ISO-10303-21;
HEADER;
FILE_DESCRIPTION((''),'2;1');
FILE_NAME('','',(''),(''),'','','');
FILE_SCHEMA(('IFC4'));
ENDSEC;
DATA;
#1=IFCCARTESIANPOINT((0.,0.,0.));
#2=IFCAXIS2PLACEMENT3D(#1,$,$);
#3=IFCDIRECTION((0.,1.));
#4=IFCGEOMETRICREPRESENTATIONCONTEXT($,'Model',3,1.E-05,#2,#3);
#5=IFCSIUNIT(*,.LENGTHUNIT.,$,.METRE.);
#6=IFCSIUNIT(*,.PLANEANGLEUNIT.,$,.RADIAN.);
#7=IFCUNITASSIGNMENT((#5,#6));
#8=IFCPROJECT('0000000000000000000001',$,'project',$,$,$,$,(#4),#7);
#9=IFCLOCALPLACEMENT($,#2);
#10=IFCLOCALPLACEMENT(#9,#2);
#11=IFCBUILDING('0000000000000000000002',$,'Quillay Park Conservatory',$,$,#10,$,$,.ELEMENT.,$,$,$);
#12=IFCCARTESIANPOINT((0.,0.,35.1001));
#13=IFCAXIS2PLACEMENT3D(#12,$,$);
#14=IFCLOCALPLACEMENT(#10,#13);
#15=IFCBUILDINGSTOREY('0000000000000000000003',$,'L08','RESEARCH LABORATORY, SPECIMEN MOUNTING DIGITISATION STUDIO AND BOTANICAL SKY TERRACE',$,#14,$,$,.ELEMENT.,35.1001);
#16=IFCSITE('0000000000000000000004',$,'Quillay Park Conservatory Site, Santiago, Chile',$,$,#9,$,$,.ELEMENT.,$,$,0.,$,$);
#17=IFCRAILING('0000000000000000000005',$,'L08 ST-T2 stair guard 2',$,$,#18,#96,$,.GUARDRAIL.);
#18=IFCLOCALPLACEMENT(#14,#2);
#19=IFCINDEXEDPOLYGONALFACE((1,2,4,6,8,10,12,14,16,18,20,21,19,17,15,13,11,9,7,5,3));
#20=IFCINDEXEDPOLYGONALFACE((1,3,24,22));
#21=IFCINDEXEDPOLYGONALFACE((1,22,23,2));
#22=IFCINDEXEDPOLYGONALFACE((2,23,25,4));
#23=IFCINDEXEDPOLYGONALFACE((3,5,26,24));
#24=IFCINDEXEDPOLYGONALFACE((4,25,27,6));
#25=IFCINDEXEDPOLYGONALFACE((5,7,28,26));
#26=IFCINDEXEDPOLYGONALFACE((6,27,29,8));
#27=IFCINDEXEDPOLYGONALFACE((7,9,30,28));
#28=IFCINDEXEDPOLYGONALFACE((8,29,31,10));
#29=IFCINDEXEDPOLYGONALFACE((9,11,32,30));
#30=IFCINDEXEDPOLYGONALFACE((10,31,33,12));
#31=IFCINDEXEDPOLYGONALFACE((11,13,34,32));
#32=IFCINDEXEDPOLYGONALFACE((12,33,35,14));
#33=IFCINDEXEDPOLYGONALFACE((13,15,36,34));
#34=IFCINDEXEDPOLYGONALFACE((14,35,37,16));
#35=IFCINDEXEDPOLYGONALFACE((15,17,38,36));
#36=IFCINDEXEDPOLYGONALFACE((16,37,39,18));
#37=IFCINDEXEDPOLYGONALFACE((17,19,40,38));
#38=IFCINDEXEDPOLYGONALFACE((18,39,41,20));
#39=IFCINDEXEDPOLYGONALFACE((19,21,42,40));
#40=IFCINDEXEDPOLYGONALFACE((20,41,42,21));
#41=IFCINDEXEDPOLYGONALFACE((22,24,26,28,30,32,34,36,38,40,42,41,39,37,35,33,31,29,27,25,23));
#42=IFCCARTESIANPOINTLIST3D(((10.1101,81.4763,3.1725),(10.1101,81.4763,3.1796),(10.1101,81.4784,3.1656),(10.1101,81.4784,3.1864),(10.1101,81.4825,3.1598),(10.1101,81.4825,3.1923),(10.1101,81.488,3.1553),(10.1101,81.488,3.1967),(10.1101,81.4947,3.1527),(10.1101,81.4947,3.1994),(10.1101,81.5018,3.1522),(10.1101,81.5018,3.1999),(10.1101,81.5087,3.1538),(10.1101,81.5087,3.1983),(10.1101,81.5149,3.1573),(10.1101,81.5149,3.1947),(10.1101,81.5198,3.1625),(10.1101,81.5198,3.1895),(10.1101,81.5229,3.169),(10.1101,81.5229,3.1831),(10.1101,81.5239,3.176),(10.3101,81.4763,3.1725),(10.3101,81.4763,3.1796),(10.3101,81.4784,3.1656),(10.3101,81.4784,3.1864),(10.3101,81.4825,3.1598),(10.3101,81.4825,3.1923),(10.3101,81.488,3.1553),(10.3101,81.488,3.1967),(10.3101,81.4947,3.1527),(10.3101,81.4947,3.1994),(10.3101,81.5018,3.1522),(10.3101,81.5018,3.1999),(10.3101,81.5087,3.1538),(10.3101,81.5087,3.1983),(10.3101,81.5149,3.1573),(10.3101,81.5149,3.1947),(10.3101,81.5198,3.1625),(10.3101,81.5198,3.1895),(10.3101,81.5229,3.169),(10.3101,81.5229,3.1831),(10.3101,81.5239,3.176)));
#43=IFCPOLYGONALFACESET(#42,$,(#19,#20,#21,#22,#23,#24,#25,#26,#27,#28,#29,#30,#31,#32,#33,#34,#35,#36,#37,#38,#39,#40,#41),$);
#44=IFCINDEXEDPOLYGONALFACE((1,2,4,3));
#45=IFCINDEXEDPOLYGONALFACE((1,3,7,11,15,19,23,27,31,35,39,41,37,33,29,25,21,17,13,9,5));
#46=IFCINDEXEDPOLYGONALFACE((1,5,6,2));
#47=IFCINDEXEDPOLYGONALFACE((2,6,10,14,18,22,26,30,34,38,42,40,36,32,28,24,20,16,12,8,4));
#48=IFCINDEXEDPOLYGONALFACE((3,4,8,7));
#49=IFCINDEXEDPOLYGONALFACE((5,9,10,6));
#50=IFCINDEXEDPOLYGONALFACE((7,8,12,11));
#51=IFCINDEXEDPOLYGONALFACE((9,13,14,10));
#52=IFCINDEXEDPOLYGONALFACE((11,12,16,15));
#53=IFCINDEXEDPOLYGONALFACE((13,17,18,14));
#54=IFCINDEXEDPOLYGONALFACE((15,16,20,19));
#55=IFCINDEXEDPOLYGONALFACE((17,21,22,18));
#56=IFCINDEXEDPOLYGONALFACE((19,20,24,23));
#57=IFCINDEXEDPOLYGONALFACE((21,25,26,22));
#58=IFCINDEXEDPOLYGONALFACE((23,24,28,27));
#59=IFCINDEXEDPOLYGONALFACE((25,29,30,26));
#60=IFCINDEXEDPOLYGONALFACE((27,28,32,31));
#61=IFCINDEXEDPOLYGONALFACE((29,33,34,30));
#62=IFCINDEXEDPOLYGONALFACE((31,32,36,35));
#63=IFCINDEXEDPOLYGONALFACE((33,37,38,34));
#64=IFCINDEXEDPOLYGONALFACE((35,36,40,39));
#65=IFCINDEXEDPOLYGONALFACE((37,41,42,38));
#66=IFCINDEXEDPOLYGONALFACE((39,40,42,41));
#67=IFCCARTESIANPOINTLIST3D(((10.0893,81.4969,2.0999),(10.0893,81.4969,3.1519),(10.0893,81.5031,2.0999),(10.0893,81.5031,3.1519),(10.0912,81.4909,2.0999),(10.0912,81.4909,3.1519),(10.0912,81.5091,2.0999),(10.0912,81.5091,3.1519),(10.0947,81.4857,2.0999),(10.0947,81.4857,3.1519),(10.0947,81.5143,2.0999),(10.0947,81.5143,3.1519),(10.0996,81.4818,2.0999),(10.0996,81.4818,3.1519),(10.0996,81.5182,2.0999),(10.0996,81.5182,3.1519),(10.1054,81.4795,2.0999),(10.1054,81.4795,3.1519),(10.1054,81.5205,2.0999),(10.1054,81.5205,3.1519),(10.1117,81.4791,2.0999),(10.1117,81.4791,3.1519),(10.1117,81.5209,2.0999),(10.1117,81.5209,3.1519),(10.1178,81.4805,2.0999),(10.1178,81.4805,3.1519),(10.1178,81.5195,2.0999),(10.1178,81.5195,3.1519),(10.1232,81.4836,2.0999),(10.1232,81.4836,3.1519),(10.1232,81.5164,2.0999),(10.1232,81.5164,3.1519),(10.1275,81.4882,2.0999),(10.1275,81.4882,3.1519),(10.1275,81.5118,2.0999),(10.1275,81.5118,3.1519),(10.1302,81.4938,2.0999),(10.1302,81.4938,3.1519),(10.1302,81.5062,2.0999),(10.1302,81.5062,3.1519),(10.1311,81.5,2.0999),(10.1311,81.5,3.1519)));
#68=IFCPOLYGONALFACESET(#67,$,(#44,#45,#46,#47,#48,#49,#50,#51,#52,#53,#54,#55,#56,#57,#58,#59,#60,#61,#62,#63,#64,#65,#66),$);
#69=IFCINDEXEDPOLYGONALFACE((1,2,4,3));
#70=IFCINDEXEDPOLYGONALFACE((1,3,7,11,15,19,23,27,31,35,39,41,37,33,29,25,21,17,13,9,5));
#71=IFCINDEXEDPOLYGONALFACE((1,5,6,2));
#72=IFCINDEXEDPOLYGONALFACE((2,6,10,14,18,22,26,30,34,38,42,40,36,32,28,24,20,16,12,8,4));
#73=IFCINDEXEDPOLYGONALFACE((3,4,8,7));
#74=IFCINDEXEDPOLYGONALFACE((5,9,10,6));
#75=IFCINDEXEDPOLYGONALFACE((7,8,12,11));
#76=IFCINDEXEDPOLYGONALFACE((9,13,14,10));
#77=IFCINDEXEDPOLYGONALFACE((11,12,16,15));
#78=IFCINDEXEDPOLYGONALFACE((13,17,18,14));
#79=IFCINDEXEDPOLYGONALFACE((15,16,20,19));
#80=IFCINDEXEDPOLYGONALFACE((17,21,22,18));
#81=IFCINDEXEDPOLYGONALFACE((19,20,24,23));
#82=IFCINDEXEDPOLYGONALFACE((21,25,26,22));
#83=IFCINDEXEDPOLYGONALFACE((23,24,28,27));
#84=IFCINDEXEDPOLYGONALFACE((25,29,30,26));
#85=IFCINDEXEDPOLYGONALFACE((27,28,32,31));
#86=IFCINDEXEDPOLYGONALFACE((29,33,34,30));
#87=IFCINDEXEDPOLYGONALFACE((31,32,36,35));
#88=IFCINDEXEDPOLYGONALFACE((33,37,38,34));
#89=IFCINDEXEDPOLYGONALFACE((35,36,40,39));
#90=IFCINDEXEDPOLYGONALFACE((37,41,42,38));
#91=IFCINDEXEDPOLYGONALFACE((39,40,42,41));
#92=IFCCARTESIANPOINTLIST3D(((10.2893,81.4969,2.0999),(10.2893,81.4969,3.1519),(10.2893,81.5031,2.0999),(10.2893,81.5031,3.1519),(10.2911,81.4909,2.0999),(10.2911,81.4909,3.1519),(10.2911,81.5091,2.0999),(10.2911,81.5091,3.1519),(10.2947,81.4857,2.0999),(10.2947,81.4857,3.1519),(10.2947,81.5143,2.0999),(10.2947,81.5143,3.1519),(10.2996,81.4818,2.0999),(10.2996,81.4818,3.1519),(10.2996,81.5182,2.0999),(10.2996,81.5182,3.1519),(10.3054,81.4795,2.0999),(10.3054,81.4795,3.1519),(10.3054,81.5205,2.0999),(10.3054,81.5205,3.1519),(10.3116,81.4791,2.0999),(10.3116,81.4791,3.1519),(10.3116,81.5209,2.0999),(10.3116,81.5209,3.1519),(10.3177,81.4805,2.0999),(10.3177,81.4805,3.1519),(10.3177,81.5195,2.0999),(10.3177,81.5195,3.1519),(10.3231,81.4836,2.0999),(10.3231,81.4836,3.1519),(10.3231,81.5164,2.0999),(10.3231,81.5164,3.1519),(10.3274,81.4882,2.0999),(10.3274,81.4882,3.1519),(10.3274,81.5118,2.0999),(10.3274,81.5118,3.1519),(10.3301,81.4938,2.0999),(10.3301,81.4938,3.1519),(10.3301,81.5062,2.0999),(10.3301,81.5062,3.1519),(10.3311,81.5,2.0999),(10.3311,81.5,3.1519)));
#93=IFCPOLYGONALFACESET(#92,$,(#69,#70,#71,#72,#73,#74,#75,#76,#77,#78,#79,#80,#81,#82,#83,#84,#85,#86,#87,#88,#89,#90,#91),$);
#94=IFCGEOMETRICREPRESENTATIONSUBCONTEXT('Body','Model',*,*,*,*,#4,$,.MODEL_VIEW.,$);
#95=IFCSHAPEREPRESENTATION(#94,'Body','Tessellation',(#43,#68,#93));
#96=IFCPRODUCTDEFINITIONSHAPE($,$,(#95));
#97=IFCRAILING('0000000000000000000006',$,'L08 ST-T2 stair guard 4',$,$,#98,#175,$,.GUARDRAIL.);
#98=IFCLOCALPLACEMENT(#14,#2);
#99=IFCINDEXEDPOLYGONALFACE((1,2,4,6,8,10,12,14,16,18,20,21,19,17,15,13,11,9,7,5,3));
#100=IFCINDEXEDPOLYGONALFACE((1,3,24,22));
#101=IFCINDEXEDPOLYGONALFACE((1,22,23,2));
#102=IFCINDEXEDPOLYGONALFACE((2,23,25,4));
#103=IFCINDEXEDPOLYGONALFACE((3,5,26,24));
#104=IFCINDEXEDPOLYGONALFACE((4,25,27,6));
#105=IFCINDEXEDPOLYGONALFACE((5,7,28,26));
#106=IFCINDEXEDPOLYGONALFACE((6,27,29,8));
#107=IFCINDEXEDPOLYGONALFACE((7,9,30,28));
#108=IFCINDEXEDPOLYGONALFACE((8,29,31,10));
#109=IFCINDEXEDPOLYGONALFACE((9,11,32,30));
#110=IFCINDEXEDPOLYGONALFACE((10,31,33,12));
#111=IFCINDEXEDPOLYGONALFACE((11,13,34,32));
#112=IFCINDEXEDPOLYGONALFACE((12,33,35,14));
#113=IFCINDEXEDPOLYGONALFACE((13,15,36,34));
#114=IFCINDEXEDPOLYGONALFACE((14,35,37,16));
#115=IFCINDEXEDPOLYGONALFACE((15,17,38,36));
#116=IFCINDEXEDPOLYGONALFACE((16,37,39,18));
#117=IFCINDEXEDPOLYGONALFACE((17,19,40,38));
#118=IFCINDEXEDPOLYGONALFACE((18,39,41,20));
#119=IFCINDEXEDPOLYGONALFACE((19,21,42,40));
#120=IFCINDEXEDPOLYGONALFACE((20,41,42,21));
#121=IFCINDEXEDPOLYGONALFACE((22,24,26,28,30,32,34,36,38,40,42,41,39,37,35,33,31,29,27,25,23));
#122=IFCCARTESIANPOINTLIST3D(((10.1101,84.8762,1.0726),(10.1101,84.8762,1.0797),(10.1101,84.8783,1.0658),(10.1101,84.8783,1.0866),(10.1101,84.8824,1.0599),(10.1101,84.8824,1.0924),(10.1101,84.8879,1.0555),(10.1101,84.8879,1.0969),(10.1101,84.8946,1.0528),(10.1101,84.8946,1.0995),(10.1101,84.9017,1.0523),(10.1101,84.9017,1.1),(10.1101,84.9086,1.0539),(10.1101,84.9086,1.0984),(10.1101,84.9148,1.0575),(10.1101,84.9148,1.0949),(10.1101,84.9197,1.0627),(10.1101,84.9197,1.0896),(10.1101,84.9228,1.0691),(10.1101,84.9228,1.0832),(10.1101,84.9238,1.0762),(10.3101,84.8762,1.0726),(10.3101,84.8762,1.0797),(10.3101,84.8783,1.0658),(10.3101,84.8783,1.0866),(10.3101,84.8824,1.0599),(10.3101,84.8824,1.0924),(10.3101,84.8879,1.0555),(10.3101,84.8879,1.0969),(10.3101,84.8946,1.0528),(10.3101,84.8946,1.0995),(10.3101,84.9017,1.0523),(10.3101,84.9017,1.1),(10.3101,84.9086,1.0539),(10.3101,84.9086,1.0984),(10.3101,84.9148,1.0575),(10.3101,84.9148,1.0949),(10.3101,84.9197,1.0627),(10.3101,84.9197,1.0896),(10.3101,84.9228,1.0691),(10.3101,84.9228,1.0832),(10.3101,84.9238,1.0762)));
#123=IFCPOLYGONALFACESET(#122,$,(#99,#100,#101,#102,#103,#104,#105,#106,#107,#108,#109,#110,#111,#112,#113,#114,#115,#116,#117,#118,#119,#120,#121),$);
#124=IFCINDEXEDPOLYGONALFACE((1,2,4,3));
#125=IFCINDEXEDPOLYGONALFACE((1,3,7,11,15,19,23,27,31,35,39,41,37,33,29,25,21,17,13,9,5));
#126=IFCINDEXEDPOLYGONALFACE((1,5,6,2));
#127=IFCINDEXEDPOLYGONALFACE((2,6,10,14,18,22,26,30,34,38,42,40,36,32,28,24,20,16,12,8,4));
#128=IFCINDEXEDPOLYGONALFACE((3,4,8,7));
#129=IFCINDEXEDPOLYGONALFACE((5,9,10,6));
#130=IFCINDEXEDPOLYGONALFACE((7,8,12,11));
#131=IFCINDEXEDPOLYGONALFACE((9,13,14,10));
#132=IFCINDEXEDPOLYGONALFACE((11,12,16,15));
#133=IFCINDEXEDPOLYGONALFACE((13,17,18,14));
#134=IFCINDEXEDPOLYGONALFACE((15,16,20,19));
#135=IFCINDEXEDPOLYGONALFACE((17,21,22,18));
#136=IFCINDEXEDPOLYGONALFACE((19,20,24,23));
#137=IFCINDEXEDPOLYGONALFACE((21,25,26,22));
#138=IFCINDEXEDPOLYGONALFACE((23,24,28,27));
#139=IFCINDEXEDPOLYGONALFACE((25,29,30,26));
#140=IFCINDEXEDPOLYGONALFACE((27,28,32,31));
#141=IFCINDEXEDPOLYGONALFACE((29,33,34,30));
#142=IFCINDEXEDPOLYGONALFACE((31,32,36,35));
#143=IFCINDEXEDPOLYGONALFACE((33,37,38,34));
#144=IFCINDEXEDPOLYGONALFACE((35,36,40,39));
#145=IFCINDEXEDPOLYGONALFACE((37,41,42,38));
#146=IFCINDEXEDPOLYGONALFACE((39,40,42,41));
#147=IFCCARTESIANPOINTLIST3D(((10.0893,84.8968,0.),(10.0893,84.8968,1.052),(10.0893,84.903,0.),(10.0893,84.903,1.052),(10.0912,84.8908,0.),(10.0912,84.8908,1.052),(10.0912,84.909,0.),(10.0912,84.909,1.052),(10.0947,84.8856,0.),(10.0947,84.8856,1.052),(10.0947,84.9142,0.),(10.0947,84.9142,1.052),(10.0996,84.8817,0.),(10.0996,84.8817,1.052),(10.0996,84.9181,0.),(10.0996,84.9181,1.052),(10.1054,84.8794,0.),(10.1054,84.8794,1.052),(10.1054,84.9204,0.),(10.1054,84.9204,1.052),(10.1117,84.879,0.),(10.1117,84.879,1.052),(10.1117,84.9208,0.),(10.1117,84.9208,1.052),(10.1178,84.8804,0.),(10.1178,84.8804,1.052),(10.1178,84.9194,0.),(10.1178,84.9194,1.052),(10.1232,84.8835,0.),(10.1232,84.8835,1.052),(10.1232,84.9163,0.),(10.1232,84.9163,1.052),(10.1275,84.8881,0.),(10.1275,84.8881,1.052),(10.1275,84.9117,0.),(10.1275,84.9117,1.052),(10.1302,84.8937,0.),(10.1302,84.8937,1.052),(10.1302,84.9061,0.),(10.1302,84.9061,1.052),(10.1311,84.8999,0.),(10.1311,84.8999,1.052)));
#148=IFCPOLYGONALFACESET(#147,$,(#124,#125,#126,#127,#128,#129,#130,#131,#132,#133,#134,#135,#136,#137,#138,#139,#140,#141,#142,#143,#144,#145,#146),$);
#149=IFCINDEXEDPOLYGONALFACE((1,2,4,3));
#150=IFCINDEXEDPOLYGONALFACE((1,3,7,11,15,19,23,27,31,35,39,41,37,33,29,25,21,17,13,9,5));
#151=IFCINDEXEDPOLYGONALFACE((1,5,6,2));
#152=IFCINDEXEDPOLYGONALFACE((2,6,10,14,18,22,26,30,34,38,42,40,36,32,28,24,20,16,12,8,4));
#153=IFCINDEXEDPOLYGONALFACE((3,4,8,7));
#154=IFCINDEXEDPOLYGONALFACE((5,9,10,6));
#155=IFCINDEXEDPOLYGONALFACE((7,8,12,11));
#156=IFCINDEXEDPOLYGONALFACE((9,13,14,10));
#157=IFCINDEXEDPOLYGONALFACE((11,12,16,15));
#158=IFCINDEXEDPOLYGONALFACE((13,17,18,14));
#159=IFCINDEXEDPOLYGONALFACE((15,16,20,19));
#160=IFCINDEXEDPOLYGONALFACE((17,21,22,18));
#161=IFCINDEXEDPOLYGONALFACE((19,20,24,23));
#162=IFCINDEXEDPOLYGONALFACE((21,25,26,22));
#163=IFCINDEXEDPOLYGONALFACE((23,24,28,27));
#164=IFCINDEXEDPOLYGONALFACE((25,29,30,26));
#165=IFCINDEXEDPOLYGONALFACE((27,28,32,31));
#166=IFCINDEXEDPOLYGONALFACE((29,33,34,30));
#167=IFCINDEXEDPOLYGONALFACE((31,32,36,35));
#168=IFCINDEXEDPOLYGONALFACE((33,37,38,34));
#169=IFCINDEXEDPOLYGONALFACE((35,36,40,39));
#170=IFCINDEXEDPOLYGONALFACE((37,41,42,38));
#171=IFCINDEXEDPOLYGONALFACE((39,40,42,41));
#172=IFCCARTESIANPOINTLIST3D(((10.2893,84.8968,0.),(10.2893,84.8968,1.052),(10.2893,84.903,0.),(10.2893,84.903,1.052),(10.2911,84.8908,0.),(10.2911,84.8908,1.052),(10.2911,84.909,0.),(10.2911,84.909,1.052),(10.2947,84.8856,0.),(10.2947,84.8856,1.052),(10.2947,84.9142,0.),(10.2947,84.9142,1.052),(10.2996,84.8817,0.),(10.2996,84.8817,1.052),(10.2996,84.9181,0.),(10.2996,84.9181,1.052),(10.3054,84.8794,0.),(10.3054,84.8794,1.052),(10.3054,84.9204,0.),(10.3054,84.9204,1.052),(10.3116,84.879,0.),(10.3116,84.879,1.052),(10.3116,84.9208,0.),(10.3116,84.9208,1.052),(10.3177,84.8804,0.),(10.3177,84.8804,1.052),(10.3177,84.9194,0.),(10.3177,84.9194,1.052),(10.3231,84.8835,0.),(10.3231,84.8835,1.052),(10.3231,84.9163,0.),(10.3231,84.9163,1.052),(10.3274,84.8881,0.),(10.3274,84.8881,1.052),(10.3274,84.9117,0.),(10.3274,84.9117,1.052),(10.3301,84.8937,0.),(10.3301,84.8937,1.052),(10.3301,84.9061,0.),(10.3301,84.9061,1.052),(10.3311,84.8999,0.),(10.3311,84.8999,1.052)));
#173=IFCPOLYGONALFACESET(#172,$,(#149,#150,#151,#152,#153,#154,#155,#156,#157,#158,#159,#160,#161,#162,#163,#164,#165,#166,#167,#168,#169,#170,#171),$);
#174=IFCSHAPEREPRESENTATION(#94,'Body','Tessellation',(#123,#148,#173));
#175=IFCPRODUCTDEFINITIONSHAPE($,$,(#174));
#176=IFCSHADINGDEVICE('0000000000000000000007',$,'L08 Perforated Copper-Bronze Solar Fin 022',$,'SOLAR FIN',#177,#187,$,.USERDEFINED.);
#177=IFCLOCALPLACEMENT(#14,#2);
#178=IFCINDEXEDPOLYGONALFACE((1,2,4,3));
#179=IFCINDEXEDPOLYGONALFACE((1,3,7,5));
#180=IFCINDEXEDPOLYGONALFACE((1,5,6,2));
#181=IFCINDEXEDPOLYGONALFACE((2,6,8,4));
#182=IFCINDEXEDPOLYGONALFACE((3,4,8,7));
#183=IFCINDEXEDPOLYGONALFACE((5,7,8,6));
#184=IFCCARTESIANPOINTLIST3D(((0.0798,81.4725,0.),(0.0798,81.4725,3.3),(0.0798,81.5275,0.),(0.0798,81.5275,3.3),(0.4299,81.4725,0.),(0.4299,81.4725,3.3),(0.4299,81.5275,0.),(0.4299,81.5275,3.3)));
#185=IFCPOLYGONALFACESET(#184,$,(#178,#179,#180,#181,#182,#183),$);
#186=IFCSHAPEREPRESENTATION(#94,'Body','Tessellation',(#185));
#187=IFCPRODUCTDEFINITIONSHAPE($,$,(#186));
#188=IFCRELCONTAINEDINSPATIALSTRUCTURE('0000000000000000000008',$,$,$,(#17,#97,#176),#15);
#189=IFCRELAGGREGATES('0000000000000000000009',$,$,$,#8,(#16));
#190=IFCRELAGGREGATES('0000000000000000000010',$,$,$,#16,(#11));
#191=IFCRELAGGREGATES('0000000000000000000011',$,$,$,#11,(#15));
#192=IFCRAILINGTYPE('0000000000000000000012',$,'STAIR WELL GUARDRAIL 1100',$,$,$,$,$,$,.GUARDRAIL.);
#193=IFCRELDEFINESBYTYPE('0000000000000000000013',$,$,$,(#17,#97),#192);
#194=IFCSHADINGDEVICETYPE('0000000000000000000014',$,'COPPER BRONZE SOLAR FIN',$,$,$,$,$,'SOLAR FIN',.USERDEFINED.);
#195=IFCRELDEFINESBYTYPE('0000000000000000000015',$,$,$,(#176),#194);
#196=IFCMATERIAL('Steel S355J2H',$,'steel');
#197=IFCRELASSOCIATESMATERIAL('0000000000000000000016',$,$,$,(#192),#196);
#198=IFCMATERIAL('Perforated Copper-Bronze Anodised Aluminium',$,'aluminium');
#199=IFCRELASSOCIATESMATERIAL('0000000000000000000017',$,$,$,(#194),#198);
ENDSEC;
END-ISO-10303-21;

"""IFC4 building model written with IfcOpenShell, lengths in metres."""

from ifc_helpers import new_model, si_unit, direction, frame, origin, origin_2d, place, context, subcontext, project, spatial, rectangle, circle, extrude, material, type_object, element, save


model = new_model("IFC4")

# Units and contexts
model_context = context("Model", 3, precision=1e-05, world=origin(), true_north=direction((0.0, 1.0)))
body_context = subcontext(model_context, "Body", "Model", "MODEL_VIEW")
ifc_project = project(units=[si_unit("LENGTHUNIT", "METRE"), si_unit("PLANEANGLEUNIT", "RADIAN")], contexts=[model_context])

# Site, building, storey
site_placement = place(None, origin())
site = spatial("IfcSite", under=ifc_project, at=site_placement, Name="Quillay Park Conservatory Site, Santiago, Chile", CompositionType="ELEMENT", RefElevation=0.0)
building_placement = place(site_placement, origin())
building = spatial("IfcBuilding", under=site, at=building_placement, Name="Quillay Park Conservatory", CompositionType="ELEMENT")
storey_placement = place(building_placement, frame((0.0, 0.0, 35.1001)))
storey = spatial("IfcBuildingStorey", under=building, at=storey_placement, Name="L08", Description="RESEARCH LABORATORY, SPECIMEN MOUNTING DIGITISATION STUDIO AND BOTANICAL SKY TERRACE", CompositionType="ELEMENT", Elevation=35.1001)

# Railings
ifc_material_1 = material(Name="Steel S355J2H", Category="steel")
railing_type_1 = type_object("IfcRailingType", Name="STAIR WELL GUARDRAIL 1100", PredefinedType="GUARDRAIL", material=ifc_material_1)
for number, where, name in (
    (1, (10.1101, 81.5, 2.0999), "L08 ST-T2 stair guard 2"),
    (2, (10.1101, 84.8999, 0.0), "L08 ST-T2 stair guard 4"),
):
    element("IfcRailing", number, at=place(storey_placement, frame(where)), inside=storey, type_object=railing_type_1, Name=name, PredefinedType="GUARDRAIL", context=body_context, shape_type="SweptSolid", body=[
        extrude(circle(Radius=0.0239, at=origin_2d()), frame((0.0, 0.0, 1.0762), z_axis=(1.0, 0.0, 0.0), x_axis=(0.0, 1.0, 0.0)), (0.0, 0.0, 1.0), 0.2),
        extrude(circle(Radius=0.021, at=origin_2d()), origin(), (0.0, 0.0, 1.0), 1.052),
        extrude(circle(Radius=0.021, at=origin_2d()), frame((0.2, 0.0, 0.0)), (0.0, 0.0, 1.0), 1.052),
    ])

# Shading device
ifc_material_2 = material(Name="Perforated Copper-Bronze Anodised Aluminium", Category="aluminium")
shading_device_type = type_object("IfcShadingDeviceType", Name="COPPER BRONZE SOLAR FIN", ElementType="SOLAR FIN", PredefinedType="USERDEFINED", material=ifc_material_2)
shading_device_placement = place(storey_placement, frame((0.2549, 81.5, 0.0), z_axis=(0.0, 0.0, 1.0), x_axis=(1.0, 0.0, 0.0)))
element("IfcShadingDevice", 3, at=shading_device_placement, inside=storey, type_object=shading_device_type, Name="L08 Perforated Copper-Bronze Solar Fin 022", ObjectType="SOLAR FIN", PredefinedType="USERDEFINED", context=body_context, shape_type="SweptSolid", body=[
    extrude(rectangle(XDim=0.3501, YDim=0.0549, at=origin_2d()), origin(), (0.0, 0.0, 1.0), 3.3),
])

save(model, "model.ifc")
